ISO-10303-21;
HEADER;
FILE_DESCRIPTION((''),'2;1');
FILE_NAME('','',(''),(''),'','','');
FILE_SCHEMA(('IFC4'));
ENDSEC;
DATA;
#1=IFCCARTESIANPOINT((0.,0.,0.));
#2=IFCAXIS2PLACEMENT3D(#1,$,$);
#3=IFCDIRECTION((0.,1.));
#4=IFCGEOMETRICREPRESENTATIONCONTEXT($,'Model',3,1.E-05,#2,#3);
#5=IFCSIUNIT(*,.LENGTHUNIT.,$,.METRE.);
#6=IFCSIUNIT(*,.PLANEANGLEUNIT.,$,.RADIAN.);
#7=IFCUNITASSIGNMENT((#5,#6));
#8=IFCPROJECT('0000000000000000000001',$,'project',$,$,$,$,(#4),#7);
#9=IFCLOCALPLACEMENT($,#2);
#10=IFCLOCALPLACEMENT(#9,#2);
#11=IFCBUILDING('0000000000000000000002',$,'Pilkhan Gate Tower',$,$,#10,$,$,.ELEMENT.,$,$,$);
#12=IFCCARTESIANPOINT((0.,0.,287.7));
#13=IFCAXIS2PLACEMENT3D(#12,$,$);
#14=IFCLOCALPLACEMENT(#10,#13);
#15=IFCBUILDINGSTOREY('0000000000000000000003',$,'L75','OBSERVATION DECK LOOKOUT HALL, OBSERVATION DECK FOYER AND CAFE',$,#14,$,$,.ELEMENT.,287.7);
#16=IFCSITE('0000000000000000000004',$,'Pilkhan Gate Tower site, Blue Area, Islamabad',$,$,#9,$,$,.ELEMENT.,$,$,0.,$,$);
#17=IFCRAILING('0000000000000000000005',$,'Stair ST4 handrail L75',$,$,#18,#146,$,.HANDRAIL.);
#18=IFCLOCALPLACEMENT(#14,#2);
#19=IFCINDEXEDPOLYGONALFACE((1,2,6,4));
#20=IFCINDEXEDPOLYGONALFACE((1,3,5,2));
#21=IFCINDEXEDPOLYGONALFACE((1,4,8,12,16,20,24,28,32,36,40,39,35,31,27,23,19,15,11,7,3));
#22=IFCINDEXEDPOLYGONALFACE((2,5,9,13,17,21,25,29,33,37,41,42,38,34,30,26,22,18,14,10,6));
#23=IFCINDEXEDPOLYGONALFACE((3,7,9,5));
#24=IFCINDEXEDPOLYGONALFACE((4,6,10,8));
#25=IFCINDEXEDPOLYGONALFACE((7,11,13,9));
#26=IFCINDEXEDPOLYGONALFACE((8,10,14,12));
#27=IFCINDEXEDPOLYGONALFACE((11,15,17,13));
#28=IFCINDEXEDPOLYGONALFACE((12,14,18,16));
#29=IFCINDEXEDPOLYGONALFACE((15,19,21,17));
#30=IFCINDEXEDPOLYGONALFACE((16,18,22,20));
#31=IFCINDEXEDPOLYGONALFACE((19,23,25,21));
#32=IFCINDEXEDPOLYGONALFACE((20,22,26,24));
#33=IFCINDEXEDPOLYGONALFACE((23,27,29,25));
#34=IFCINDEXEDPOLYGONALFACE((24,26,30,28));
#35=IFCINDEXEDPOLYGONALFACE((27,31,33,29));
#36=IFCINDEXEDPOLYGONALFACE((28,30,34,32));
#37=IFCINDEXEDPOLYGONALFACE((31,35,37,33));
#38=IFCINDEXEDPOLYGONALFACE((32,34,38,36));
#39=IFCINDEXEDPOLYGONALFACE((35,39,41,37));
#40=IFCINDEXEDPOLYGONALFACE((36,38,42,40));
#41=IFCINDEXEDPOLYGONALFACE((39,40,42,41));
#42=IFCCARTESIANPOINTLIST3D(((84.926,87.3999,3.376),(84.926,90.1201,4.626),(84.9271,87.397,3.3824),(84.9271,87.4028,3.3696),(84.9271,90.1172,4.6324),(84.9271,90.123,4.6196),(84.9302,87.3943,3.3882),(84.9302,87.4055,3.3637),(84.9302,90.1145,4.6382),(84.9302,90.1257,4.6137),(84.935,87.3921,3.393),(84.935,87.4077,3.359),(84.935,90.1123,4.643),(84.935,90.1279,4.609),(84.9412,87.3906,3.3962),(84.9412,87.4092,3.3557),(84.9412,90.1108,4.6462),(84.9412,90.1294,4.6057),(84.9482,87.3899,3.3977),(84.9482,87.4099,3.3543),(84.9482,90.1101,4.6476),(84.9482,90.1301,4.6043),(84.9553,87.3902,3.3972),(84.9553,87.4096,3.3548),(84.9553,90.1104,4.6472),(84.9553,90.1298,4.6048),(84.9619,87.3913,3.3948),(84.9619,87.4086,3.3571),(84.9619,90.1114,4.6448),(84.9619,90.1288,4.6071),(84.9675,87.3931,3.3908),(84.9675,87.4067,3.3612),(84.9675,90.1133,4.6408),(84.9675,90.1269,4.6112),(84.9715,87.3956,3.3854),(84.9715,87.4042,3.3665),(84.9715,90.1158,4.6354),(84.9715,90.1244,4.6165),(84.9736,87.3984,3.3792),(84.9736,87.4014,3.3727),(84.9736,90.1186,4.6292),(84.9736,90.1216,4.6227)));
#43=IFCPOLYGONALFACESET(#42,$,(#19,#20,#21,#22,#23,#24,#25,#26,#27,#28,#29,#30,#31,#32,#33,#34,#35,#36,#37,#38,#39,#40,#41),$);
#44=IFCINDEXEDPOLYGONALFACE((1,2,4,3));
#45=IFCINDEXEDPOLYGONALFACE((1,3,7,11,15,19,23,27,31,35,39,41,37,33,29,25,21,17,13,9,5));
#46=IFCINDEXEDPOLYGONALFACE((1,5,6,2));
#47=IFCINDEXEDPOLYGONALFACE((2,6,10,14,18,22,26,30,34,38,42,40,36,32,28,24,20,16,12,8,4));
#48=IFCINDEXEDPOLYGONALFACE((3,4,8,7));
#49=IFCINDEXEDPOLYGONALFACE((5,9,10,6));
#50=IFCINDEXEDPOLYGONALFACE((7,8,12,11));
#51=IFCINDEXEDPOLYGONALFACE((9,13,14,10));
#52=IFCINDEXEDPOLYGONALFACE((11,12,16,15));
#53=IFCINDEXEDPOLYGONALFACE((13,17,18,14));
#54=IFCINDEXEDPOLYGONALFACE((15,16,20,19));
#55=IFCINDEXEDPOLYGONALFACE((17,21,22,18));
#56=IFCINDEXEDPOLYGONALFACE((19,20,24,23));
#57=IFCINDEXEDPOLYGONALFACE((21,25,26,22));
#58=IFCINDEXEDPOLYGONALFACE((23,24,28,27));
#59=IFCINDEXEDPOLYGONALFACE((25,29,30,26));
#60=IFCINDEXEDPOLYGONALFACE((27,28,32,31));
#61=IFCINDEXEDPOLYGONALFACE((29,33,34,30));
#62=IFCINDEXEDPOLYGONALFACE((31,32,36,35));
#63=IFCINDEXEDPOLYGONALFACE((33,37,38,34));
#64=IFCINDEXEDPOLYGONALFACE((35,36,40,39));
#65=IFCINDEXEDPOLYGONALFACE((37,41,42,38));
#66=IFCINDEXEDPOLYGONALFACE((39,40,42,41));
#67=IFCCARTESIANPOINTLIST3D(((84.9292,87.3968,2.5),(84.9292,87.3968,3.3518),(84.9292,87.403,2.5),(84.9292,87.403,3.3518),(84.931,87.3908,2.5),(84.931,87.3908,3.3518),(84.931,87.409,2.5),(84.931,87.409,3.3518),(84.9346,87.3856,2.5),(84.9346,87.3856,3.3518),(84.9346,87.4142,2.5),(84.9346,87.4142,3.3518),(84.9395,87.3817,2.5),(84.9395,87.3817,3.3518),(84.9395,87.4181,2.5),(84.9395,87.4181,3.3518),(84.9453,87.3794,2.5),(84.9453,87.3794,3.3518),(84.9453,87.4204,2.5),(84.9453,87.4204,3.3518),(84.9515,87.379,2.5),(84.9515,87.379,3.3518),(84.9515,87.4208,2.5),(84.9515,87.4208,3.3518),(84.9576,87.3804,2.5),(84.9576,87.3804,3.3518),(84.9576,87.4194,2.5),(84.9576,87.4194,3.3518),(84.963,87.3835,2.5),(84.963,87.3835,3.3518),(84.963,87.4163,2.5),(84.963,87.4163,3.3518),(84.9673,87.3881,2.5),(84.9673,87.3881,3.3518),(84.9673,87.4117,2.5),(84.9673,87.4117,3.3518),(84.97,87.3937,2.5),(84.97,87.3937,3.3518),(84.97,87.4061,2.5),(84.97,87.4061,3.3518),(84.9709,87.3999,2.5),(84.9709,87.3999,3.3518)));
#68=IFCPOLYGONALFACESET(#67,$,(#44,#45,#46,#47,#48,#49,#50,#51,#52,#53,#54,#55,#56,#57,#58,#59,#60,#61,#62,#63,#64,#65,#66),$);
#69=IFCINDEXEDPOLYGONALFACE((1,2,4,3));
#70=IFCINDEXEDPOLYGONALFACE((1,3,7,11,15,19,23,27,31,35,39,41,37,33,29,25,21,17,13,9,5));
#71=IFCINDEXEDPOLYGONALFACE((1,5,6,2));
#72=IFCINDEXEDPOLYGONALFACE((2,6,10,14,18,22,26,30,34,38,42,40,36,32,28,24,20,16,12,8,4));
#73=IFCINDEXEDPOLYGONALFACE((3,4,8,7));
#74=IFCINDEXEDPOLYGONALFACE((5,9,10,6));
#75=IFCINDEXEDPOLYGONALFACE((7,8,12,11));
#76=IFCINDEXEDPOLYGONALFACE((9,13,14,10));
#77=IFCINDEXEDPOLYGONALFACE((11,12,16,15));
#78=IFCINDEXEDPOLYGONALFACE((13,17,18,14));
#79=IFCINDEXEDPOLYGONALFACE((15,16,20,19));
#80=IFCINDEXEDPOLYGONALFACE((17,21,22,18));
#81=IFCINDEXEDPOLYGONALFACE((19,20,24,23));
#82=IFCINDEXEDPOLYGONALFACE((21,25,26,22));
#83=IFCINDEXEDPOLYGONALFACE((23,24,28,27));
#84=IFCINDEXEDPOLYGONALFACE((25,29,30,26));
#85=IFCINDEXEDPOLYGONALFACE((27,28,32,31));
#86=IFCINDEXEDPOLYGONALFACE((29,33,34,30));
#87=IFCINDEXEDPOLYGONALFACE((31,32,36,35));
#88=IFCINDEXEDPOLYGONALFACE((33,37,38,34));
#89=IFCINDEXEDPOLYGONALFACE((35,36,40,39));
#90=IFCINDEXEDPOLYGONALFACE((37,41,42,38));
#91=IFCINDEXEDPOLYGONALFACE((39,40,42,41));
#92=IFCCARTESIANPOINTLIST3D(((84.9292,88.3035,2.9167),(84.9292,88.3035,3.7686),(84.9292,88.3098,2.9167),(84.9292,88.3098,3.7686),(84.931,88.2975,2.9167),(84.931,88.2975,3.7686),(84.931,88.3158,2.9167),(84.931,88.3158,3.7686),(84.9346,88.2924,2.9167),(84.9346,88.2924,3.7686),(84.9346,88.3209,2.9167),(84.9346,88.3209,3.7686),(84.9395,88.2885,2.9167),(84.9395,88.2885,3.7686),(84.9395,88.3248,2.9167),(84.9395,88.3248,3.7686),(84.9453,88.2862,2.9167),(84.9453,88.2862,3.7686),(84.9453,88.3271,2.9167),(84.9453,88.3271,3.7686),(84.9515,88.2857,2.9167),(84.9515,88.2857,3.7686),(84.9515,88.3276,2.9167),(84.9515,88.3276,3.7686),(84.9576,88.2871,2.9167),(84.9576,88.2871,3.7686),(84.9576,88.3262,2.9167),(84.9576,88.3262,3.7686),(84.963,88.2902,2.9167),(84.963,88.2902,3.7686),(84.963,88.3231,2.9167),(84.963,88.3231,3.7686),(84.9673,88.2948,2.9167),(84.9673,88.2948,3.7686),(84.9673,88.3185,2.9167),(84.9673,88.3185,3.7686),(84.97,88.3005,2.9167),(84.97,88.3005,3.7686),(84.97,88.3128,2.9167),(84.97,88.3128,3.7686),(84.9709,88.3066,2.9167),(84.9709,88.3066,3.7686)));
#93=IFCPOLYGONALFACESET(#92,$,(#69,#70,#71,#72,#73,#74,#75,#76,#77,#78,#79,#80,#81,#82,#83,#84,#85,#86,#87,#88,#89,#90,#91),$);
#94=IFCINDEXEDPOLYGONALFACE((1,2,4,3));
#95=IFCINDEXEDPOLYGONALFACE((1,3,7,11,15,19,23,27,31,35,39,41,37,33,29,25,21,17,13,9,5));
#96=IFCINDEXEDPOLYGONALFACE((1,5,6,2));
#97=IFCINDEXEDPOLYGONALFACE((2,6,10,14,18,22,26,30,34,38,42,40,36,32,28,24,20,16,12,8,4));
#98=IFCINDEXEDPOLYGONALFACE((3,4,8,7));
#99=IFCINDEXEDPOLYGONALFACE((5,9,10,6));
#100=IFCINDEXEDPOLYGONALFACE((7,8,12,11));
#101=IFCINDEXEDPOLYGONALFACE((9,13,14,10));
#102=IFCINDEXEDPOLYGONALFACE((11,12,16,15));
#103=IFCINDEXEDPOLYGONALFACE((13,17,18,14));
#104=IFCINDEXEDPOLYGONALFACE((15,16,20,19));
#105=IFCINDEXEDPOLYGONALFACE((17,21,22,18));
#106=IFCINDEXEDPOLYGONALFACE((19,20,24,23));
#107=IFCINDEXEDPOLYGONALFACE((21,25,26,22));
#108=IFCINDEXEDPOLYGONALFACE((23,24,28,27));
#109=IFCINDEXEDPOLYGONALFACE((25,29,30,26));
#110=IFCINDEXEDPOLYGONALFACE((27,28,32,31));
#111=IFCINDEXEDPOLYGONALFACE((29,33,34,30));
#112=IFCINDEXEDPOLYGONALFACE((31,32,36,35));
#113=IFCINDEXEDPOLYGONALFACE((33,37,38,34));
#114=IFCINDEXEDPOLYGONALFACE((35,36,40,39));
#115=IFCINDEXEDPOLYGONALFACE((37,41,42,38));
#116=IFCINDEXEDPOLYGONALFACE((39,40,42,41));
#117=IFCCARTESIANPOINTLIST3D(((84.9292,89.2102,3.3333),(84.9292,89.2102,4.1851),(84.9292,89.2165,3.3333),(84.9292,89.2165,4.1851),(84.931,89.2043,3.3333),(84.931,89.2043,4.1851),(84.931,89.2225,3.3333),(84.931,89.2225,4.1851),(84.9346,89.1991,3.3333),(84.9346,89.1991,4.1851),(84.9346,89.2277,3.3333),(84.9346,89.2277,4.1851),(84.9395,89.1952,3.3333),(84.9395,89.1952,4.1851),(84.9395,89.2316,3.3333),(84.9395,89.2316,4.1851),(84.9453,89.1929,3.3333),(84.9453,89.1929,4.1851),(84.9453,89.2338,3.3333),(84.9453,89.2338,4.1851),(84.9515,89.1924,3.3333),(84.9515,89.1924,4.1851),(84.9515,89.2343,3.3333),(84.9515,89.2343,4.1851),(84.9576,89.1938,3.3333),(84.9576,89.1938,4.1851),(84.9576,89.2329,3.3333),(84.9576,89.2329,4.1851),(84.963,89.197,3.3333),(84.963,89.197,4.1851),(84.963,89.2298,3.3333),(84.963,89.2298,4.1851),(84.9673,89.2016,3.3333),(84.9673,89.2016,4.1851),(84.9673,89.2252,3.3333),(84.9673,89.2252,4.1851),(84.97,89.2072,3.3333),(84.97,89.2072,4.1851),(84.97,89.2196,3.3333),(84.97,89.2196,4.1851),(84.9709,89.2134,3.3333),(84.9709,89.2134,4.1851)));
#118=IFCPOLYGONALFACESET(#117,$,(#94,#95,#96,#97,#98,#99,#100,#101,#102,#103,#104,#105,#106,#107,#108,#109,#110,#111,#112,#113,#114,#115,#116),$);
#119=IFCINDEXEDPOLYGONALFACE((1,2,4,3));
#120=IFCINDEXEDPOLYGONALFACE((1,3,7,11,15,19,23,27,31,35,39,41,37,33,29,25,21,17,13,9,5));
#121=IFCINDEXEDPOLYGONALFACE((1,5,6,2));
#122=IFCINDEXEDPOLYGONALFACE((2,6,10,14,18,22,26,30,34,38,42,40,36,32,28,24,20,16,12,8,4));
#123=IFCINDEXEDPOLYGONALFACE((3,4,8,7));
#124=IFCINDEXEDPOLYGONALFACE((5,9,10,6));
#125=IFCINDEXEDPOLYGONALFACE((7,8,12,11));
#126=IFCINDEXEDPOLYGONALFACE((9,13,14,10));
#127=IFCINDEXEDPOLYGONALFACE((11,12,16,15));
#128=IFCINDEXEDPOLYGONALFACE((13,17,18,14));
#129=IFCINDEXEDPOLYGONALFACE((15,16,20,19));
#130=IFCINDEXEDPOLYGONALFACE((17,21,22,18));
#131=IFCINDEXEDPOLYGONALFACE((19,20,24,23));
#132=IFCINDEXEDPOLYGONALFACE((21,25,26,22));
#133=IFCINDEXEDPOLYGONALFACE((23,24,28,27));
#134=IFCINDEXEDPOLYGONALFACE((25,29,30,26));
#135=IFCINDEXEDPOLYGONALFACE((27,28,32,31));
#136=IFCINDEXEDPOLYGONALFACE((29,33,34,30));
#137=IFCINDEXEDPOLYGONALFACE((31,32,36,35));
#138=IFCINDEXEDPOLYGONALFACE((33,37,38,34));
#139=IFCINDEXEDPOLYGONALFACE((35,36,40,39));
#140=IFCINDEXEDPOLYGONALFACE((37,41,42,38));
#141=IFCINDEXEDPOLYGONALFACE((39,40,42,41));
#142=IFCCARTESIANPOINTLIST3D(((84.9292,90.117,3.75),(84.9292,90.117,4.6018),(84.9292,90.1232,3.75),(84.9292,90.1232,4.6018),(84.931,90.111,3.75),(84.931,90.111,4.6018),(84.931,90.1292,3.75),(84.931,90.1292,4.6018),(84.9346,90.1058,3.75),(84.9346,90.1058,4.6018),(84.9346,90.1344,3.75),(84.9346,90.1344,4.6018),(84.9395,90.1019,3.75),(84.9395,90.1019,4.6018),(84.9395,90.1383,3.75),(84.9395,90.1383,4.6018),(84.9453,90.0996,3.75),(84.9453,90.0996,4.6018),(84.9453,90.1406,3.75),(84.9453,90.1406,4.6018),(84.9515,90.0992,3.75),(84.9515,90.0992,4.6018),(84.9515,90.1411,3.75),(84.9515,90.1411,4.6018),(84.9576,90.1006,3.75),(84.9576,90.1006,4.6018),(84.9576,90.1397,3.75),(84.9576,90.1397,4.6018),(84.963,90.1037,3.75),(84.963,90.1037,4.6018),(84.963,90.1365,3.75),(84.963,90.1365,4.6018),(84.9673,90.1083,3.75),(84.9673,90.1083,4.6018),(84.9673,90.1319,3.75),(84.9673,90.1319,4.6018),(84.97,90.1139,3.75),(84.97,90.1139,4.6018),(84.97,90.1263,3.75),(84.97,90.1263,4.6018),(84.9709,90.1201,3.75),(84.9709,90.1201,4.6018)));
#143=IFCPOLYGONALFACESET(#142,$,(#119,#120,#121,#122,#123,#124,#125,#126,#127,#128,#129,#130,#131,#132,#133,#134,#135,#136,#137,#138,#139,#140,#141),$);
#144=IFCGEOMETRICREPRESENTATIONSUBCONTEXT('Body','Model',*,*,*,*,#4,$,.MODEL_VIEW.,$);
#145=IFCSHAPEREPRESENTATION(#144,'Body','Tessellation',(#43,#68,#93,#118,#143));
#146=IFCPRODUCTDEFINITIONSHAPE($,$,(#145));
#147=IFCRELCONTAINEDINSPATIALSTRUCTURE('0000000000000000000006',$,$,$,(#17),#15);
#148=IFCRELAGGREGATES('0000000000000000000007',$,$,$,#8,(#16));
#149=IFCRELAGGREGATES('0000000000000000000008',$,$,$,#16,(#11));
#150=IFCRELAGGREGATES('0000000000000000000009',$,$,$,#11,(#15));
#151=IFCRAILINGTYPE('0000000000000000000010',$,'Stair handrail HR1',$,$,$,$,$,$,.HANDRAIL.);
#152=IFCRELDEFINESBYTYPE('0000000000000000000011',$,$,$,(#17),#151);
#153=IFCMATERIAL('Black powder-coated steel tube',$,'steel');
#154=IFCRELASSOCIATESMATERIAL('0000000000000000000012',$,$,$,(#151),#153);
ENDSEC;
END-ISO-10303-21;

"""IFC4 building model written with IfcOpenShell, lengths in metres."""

from ifc_helpers import new_model, si_unit, direction, frame, origin, origin_2d, place, context, subcontext, project, spatial, circle, extrude, material, type_object, element, save


model = new_model("IFC4")

# Units and contexts
model_context = context("Model", 3, precision=1e-05, world=origin(), true_north=direction((0.0, 1.0)))
body_context = subcontext(model_context, "Body", "Model", "MODEL_VIEW")
ifc_project = project(units=[si_unit("LENGTHUNIT", "METRE"), si_unit("PLANEANGLEUNIT", "RADIAN")], contexts=[model_context])

# Site, building, storey
site_placement = place(None, origin())
site = spatial("IfcSite", under=ifc_project, at=site_placement, Name="Pilkhan Gate Tower site, Blue Area, Islamabad", CompositionType="ELEMENT", RefElevation=0.0)
building_placement = place(site_placement, origin())
building = spatial("IfcBuilding", under=site, at=building_placement, Name="Pilkhan Gate Tower", CompositionType="ELEMENT")
storey_placement = place(building_placement, frame((0.0, 0.0, 287.7)))
storey = spatial("IfcBuildingStorey", under=building, at=storey_placement, Name="L75", Description="OBSERVATION DECK LOOKOUT HALL, OBSERVATION DECK FOYER AND CAFE", CompositionType="ELEMENT", Elevation=287.7)

# Railing
ifc_material_1 = material(Name="Black powder-coated steel tube", Category="steel")
railing_type_1 = type_object("IfcRailingType", Name="Stair handrail HR1", PredefinedType="HANDRAIL", material=ifc_material_1)
railing_1_placement = place(storey_placement, frame((84.95, 87.3999, 2.5)))
element("IfcRailing", 1, at=railing_1_placement, inside=storey, type_object=railing_type_1, Name="Stair ST4 handrail L75", PredefinedType="HANDRAIL", context=body_context, shape_type="SweptSolid", body=[
    extrude(circle(Radius=0.0239, at=origin_2d()), frame((0.0, 0.0, 0.876), z_axis=(0.0, 0.908655, 0.417547), x_axis=(-1.0, 0.0, 0.0)), (0.0, 0.0, 1.0), 2.9937),
    extrude(circle(Radius=0.021, at=origin_2d()), origin(), (0.0, 0.0, 1.0), 0.8518),
    extrude(circle(Radius=0.021, at=origin_2d()), frame((0.0, 0.9067, 0.4167)), (0.0, 0.0, 1.0), 0.8518),
    extrude(circle(Radius=0.021, at=origin_2d()), frame((0.0, 1.8135, 0.8333)), (0.0, 0.0, 1.0), 0.8518),
    extrude(circle(Radius=0.021, at=origin_2d()), frame((0.0, 2.7202, 1.25)), (0.0, 0.0, 1.0), 0.8518),
])

save(model, "model.ifc")
